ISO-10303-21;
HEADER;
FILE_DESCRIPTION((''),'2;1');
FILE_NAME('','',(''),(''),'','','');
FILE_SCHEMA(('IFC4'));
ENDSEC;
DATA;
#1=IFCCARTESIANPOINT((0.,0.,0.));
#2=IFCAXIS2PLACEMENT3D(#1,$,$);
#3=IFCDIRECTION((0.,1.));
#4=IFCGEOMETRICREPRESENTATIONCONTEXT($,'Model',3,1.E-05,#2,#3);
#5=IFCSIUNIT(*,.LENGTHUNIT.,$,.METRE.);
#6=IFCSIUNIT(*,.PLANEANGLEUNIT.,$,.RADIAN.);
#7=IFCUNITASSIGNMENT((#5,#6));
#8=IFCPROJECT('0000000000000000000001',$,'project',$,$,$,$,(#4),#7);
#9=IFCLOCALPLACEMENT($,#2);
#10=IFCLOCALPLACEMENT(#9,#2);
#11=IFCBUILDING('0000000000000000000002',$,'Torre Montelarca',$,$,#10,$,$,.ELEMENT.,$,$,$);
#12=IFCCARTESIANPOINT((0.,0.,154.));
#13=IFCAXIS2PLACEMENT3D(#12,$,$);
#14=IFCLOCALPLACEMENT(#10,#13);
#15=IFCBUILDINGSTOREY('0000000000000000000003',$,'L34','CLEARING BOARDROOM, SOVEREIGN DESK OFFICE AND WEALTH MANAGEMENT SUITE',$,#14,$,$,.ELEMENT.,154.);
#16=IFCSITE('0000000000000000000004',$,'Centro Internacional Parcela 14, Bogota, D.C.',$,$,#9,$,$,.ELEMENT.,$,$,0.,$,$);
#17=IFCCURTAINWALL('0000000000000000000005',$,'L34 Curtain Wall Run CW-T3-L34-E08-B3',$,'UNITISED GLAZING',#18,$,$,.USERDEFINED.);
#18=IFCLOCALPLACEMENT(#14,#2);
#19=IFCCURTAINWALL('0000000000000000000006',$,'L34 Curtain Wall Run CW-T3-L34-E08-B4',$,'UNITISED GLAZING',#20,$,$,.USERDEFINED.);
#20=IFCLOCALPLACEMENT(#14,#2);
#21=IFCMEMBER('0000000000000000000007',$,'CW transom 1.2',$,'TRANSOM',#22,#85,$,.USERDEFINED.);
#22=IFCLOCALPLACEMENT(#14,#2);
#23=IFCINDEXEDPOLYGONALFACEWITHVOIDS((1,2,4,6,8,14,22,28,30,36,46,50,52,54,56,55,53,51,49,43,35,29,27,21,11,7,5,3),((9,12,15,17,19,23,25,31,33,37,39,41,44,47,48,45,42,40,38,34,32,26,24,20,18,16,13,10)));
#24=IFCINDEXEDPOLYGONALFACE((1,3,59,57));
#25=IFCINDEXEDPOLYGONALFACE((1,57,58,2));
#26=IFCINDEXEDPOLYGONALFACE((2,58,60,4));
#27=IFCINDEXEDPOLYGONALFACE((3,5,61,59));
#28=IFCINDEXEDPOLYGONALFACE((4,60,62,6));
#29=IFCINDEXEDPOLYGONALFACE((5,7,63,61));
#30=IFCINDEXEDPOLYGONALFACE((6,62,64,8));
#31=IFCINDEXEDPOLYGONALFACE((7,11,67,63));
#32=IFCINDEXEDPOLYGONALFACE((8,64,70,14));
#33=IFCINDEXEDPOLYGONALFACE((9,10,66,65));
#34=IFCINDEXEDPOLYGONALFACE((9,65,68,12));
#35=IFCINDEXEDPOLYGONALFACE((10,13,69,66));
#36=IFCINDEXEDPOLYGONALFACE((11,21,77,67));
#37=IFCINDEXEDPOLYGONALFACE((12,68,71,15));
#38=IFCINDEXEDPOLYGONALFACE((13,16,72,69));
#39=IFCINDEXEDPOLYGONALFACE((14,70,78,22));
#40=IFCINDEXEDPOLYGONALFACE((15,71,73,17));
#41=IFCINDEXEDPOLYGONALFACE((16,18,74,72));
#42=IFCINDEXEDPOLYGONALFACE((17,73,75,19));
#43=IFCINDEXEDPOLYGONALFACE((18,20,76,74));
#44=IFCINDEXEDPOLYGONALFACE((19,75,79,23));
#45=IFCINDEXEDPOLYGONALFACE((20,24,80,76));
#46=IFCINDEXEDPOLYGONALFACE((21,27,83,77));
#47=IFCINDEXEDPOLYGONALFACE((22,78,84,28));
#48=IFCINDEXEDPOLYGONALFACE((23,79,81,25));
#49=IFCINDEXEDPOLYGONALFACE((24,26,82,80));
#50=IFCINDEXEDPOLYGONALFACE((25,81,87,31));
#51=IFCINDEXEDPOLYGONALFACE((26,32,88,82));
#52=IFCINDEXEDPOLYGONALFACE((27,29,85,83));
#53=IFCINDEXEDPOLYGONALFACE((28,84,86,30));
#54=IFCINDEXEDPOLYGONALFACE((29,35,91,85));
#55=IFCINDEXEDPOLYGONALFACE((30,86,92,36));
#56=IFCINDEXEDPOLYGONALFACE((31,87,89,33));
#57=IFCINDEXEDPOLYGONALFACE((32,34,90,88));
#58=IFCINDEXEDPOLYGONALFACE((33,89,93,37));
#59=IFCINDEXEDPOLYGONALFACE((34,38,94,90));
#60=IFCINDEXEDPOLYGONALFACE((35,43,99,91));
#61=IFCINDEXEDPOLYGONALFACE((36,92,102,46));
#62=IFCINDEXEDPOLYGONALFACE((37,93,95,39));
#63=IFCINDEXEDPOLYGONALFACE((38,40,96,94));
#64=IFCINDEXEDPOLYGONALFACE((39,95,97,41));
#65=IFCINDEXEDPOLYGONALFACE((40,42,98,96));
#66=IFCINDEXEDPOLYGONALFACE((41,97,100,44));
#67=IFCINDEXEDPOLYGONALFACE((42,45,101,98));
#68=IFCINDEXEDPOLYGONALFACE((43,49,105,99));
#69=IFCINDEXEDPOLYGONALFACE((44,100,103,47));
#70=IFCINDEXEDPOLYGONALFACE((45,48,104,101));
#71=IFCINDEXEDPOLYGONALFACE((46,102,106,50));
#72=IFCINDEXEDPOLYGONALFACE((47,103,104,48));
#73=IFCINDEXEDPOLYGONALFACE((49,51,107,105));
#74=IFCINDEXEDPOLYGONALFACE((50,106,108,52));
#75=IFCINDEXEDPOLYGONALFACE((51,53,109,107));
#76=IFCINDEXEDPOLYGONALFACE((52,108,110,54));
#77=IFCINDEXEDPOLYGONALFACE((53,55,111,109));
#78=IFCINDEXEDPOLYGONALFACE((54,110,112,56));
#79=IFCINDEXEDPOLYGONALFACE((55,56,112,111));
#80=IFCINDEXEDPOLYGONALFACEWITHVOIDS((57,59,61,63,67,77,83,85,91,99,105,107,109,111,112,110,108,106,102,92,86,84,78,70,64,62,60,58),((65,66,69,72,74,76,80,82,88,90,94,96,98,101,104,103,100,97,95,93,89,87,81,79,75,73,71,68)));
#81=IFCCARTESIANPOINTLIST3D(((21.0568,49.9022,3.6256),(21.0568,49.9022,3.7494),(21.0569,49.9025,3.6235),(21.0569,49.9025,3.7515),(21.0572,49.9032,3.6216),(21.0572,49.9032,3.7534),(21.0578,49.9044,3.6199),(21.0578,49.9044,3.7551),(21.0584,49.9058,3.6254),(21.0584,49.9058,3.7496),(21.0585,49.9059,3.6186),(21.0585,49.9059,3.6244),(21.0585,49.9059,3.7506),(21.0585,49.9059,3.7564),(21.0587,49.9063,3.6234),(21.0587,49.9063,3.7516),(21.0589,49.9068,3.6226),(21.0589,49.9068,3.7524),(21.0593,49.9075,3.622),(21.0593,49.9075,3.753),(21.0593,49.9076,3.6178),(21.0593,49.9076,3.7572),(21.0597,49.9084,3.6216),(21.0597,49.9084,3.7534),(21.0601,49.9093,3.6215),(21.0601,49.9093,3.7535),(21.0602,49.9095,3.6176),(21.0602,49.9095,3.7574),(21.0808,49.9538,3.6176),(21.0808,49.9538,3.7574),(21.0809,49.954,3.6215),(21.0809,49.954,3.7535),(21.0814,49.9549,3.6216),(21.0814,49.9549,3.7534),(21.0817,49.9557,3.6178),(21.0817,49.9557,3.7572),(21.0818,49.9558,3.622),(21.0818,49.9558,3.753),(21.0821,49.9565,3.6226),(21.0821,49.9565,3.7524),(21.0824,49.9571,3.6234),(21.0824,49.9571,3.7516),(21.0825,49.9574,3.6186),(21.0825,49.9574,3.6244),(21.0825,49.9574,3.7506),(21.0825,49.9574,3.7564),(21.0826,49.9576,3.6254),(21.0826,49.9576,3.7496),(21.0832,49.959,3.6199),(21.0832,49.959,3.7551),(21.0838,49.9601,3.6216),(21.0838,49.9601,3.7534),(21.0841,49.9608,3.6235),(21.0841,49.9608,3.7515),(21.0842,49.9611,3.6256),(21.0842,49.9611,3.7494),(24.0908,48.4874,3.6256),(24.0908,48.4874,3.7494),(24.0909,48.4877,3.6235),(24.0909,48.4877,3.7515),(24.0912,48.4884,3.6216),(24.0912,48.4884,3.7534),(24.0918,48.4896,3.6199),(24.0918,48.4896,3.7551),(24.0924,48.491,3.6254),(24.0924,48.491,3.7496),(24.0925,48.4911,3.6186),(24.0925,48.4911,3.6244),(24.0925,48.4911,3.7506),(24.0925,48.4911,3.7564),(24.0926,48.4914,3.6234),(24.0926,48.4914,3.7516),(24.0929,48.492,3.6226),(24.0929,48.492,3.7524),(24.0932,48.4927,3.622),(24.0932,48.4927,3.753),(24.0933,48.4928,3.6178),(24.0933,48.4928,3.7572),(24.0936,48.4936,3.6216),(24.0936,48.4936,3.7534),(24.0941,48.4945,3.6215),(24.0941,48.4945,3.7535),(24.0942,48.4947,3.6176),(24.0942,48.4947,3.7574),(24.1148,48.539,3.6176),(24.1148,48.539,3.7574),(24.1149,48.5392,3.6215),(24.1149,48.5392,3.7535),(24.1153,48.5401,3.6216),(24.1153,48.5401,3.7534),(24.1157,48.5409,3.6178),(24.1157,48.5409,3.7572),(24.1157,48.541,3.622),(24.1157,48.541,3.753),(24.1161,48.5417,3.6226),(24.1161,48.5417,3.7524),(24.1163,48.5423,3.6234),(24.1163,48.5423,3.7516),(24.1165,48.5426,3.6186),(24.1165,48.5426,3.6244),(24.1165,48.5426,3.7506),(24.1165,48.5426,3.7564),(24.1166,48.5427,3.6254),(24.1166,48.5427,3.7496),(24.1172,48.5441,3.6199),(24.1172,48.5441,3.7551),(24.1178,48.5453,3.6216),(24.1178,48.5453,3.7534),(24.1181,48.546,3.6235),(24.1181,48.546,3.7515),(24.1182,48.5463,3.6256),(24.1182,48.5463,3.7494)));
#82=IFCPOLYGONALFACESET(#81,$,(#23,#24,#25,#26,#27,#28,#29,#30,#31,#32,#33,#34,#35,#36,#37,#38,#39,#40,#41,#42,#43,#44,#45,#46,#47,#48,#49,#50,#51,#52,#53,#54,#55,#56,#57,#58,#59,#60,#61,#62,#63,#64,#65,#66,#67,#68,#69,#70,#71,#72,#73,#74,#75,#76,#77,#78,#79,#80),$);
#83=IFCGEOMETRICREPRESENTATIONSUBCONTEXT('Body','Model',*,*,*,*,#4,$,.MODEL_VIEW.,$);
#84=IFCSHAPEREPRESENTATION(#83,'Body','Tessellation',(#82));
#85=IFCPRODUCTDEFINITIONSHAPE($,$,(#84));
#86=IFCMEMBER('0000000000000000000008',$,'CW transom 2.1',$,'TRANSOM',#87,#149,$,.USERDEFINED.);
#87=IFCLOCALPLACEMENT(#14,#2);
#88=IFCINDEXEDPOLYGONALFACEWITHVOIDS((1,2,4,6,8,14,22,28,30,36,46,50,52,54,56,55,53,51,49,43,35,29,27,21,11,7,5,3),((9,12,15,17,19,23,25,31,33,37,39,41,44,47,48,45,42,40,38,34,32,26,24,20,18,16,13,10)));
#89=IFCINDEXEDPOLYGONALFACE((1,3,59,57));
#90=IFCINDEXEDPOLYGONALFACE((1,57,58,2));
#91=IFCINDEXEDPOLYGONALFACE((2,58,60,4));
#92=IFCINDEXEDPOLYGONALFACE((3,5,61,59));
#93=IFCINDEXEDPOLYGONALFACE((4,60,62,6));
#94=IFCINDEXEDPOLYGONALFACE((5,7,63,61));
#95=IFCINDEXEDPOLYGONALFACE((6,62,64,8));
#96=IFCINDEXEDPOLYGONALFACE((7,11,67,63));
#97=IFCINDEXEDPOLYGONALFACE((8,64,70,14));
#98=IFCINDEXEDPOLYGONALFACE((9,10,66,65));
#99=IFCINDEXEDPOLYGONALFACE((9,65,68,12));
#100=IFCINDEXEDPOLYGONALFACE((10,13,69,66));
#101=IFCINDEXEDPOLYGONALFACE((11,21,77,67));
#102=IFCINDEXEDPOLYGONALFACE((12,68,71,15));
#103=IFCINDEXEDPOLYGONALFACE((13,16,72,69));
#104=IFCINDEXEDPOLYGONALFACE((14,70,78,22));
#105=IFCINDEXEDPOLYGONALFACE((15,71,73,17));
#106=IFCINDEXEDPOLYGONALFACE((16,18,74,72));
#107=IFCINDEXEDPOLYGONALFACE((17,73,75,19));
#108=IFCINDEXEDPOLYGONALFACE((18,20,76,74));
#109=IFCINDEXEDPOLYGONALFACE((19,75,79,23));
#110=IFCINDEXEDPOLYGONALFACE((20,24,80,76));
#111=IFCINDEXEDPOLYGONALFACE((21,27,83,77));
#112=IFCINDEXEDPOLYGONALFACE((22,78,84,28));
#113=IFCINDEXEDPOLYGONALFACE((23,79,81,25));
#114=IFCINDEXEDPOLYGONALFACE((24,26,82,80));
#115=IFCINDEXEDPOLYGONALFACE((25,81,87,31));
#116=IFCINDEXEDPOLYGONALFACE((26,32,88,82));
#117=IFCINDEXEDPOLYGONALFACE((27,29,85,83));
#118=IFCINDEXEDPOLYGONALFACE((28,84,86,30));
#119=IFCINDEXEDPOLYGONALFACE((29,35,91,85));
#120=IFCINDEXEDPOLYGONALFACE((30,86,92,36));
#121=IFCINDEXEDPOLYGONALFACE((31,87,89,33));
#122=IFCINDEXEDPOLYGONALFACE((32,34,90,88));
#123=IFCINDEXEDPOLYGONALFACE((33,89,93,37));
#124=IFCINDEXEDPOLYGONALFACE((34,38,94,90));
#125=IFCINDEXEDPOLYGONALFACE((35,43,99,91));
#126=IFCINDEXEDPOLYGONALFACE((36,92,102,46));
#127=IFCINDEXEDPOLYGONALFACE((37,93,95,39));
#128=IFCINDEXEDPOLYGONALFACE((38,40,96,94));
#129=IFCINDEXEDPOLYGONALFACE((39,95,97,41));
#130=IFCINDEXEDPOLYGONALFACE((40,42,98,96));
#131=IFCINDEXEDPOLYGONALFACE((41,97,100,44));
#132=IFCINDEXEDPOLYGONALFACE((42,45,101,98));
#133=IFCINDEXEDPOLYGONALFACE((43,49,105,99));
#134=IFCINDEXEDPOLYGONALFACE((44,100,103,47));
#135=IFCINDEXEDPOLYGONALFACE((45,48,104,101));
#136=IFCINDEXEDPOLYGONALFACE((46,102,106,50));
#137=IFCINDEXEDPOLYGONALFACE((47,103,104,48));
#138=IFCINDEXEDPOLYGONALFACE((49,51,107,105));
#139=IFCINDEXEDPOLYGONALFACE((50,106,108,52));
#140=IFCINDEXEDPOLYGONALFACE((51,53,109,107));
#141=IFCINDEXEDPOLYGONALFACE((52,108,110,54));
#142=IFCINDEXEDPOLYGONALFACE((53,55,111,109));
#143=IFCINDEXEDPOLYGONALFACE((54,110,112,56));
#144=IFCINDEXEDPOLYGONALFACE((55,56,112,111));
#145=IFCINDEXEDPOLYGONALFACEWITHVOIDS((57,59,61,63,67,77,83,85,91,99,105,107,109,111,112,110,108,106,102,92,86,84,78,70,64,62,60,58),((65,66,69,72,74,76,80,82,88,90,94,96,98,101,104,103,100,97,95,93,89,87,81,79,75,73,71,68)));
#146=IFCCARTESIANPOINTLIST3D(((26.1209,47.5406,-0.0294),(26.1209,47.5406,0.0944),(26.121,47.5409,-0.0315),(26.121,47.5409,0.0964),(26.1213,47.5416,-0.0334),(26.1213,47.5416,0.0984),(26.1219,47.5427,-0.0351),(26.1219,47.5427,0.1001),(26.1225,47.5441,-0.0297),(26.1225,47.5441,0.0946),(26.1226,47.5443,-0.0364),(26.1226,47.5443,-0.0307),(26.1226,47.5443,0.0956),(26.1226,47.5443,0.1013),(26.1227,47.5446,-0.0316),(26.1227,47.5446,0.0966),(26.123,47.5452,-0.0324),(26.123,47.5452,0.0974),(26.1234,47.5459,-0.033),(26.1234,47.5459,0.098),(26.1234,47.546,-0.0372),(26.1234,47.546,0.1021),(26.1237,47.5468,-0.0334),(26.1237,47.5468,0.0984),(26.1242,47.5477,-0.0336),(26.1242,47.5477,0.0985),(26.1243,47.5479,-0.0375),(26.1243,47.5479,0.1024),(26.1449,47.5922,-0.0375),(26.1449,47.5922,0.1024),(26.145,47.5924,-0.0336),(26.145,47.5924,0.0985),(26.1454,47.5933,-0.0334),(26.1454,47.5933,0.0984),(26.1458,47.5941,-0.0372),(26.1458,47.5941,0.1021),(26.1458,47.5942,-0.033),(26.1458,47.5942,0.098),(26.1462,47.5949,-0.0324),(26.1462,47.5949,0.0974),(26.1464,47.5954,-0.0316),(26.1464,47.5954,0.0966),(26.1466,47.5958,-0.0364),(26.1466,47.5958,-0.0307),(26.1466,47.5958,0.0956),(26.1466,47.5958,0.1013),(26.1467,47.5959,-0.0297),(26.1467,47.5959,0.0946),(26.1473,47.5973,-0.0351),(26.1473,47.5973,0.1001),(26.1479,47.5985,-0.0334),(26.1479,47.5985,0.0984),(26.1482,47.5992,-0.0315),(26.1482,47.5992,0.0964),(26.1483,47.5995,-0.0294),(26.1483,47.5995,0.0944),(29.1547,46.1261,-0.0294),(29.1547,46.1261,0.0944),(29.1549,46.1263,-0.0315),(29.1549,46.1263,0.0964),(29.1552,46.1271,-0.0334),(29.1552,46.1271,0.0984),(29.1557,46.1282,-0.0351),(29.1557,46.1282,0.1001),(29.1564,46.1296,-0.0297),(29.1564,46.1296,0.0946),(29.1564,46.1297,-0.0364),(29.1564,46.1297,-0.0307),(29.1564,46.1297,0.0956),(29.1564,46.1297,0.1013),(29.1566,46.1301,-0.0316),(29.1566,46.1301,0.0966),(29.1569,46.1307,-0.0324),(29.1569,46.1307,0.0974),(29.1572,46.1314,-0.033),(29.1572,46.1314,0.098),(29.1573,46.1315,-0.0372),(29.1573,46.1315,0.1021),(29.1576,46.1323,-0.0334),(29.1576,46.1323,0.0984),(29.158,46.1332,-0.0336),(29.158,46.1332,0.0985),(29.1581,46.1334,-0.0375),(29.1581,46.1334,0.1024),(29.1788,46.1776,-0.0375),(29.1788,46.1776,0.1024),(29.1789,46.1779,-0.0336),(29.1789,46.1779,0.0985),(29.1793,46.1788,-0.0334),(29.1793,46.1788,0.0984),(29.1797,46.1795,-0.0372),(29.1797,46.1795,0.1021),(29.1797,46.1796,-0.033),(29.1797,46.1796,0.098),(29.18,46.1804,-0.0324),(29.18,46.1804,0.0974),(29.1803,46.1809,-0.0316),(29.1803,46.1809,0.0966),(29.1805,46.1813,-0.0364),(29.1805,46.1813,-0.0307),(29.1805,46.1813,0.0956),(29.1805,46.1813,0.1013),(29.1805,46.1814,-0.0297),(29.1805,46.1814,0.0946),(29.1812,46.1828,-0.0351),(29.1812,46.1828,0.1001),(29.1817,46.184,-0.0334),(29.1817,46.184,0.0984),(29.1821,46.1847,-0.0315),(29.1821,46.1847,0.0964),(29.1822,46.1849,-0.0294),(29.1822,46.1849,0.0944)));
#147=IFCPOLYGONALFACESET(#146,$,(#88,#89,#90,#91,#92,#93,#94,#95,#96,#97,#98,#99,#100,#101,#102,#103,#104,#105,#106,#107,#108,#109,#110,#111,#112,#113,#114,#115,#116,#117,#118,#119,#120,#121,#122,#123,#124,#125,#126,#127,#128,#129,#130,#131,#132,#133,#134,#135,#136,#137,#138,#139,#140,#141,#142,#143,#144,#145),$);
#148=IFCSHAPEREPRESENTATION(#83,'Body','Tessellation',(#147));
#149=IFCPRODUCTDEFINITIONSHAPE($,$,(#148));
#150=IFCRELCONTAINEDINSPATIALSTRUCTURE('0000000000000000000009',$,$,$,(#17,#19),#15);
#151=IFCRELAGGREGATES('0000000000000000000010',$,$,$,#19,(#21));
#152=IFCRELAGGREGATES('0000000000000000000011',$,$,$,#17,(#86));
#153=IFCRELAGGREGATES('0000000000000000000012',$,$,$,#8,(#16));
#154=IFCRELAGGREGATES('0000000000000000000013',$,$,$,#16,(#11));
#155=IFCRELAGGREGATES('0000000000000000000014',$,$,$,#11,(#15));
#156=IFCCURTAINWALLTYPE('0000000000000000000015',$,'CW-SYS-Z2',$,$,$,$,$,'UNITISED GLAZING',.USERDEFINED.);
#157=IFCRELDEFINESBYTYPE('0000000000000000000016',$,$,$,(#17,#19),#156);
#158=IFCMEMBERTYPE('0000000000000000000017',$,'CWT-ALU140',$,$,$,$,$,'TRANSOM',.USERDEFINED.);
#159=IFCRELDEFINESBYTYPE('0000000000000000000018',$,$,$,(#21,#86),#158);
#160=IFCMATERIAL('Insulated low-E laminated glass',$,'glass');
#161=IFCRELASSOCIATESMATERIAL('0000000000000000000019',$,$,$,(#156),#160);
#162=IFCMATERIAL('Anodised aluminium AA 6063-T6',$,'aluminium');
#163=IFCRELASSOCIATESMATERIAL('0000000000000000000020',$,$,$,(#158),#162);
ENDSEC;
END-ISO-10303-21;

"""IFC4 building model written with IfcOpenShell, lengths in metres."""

from ifc_helpers import new_model, si_unit, direction, frame, origin, origin_2d, place, context, subcontext, project, spatial, hollow_rectangle, extrude, source, transform, mapped, material, material_profile, profile_set, type_object, element, aggregate, save


model = new_model("IFC4")

# Units and contexts
model_context = context("Model", 3, precision=1e-05, world=origin(), true_north=direction((0.0, 1.0)))
body_context = subcontext(model_context, "Body", "Model", "MODEL_VIEW")
ifc_project = project(units=[si_unit("LENGTHUNIT", "METRE"), si_unit("PLANEANGLEUNIT", "RADIAN")], contexts=[model_context])

# Site, building, storey
site_placement = place(None, origin())
site = spatial("IfcSite", under=ifc_project, at=site_placement, Name="Centro Internacional Parcela 14, Bogota, D.C.", CompositionType="ELEMENT", RefElevation=0.0)
building_placement = place(site_placement, origin())
building = spatial("IfcBuilding", under=site, at=building_placement, Name="Torre Montelarca", CompositionType="ELEMENT")
storey_placement = place(building_placement, frame((0.0, 0.0, 154.0)))
storey = spatial("IfcBuildingStorey", under=building, at=storey_placement, Name="L34", Description="CLEARING BOARDROOM, SOVEREIGN DESK OFFICE AND WEALTH MANAGEMENT SUITE", CompositionType="ELEMENT", Elevation=154.0)

# Shared definitions
ifc_material_1 = material(Name="Insulated low-E laminated glass", Category="glass")
curtain_wall_type = type_object("IfcCurtainWallType", Name="CW-SYS-Z2", ElementType="UNITISED GLAZING", PredefinedType="USERDEFINED", material=ifc_material_1)
ifc_material_2 = material(Name="Anodised aluminium AA 6063-T6", Category="aluminium")

# Curtain walls, member
curtain_wall_1_placement = place(storey_placement, origin())
curtain_wall_1 = element("IfcCurtainWall", 1, at=curtain_wall_1_placement, inside=storey, type_object=curtain_wall_type, Name="L34 Curtain Wall Run CW-T3-L34-E08-B3", ObjectType="UNITISED GLAZING", PredefinedType="USERDEFINED")
curtain_wall_2_placement = place(storey_placement, origin())
curtain_wall_2 = element("IfcCurtainWall", 2, at=curtain_wall_2_placement, inside=storey, type_object=curtain_wall_type, Name="L34 Curtain Wall Run CW-T3-L34-E08-B4", ObjectType="UNITISED GLAZING", PredefinedType="USERDEFINED")
ifc_material_profile_1 = material_profile(ifc_material_2, hollow_rectangle(XDim=0.0649, YDim=0.1399, WallThickness=0.0039, InnerFilletRadius=0.0039, OuterFilletRadius=0.0081, at=origin_2d()), Name="ALU65X140X4", Category="aluminium")
ifc_profile_set_1 = profile_set([ifc_material_profile_1], Name="Anodised aluminium AA 6063-T6")
member_type_1 = type_object("IfcMemberType", Name="CWT-ALU140", ElementType="TRANSOM", PredefinedType="USERDEFINED", material=ifc_profile_set_1)
shared_shape_1 = source(origin(), body_context, "Body", "SweptSolid", [
    extrude(hollow_rectangle(XDim=0.0649, YDim=0.1399, WallThickness=0.0039, InnerFilletRadius=0.0039, OuterFilletRadius=0.0081, at=origin_2d()), origin(), (0.0, 0.0, 1.0), 3.3477),
])
member_1_placement = place(storey_placement, frame((24.1045, 48.5168, 3.6875), z_axis=(-0.906302, 0.42263, 0.0), x_axis=(-0.42263, -0.906302, 0.0)))
member_1 = element("IfcMember", 3, at=member_1_placement, type_object=member_type_1, Name="CW transom 1.2", ObjectType="TRANSOM", PredefinedType="USERDEFINED", context=body_context, shape_type="MappedRepresentation", body=[
    mapped(shared_shape_1, transform((0.0, 0.0, 0.0), scale=1.0)),
])
aggregate(curtain_wall_2, [member_1])

# Member
shared_shape_2 = source(origin(), body_context, "Body", "SweptSolid", [
    extrude(hollow_rectangle(XDim=0.0649, YDim=0.1399, WallThickness=0.0039, InnerFilletRadius=0.0039, OuterFilletRadius=0.0081, at=origin_2d()), origin(), (0.0, 0.0, 1.0), 3.3474),
])
member_2_placement = place(storey_placement, frame((29.1685, 46.1555, 0.0325), z_axis=(-0.90633, 0.42257, 0.0), x_axis=(-0.42257, -0.90633, 0.0)))
member_2 = element("IfcMember", 4, at=member_2_placement, type_object=member_type_1, Name="CW transom 2.1", ObjectType="TRANSOM", PredefinedType="USERDEFINED", context=body_context, shape_type="MappedRepresentation", body=[
    mapped(shared_shape_2, transform((0.0, 0.0, 0.0), scale=1.0)),
])

aggregate(curtain_wall_1, [member_2])

save(model, "model.ifc")
